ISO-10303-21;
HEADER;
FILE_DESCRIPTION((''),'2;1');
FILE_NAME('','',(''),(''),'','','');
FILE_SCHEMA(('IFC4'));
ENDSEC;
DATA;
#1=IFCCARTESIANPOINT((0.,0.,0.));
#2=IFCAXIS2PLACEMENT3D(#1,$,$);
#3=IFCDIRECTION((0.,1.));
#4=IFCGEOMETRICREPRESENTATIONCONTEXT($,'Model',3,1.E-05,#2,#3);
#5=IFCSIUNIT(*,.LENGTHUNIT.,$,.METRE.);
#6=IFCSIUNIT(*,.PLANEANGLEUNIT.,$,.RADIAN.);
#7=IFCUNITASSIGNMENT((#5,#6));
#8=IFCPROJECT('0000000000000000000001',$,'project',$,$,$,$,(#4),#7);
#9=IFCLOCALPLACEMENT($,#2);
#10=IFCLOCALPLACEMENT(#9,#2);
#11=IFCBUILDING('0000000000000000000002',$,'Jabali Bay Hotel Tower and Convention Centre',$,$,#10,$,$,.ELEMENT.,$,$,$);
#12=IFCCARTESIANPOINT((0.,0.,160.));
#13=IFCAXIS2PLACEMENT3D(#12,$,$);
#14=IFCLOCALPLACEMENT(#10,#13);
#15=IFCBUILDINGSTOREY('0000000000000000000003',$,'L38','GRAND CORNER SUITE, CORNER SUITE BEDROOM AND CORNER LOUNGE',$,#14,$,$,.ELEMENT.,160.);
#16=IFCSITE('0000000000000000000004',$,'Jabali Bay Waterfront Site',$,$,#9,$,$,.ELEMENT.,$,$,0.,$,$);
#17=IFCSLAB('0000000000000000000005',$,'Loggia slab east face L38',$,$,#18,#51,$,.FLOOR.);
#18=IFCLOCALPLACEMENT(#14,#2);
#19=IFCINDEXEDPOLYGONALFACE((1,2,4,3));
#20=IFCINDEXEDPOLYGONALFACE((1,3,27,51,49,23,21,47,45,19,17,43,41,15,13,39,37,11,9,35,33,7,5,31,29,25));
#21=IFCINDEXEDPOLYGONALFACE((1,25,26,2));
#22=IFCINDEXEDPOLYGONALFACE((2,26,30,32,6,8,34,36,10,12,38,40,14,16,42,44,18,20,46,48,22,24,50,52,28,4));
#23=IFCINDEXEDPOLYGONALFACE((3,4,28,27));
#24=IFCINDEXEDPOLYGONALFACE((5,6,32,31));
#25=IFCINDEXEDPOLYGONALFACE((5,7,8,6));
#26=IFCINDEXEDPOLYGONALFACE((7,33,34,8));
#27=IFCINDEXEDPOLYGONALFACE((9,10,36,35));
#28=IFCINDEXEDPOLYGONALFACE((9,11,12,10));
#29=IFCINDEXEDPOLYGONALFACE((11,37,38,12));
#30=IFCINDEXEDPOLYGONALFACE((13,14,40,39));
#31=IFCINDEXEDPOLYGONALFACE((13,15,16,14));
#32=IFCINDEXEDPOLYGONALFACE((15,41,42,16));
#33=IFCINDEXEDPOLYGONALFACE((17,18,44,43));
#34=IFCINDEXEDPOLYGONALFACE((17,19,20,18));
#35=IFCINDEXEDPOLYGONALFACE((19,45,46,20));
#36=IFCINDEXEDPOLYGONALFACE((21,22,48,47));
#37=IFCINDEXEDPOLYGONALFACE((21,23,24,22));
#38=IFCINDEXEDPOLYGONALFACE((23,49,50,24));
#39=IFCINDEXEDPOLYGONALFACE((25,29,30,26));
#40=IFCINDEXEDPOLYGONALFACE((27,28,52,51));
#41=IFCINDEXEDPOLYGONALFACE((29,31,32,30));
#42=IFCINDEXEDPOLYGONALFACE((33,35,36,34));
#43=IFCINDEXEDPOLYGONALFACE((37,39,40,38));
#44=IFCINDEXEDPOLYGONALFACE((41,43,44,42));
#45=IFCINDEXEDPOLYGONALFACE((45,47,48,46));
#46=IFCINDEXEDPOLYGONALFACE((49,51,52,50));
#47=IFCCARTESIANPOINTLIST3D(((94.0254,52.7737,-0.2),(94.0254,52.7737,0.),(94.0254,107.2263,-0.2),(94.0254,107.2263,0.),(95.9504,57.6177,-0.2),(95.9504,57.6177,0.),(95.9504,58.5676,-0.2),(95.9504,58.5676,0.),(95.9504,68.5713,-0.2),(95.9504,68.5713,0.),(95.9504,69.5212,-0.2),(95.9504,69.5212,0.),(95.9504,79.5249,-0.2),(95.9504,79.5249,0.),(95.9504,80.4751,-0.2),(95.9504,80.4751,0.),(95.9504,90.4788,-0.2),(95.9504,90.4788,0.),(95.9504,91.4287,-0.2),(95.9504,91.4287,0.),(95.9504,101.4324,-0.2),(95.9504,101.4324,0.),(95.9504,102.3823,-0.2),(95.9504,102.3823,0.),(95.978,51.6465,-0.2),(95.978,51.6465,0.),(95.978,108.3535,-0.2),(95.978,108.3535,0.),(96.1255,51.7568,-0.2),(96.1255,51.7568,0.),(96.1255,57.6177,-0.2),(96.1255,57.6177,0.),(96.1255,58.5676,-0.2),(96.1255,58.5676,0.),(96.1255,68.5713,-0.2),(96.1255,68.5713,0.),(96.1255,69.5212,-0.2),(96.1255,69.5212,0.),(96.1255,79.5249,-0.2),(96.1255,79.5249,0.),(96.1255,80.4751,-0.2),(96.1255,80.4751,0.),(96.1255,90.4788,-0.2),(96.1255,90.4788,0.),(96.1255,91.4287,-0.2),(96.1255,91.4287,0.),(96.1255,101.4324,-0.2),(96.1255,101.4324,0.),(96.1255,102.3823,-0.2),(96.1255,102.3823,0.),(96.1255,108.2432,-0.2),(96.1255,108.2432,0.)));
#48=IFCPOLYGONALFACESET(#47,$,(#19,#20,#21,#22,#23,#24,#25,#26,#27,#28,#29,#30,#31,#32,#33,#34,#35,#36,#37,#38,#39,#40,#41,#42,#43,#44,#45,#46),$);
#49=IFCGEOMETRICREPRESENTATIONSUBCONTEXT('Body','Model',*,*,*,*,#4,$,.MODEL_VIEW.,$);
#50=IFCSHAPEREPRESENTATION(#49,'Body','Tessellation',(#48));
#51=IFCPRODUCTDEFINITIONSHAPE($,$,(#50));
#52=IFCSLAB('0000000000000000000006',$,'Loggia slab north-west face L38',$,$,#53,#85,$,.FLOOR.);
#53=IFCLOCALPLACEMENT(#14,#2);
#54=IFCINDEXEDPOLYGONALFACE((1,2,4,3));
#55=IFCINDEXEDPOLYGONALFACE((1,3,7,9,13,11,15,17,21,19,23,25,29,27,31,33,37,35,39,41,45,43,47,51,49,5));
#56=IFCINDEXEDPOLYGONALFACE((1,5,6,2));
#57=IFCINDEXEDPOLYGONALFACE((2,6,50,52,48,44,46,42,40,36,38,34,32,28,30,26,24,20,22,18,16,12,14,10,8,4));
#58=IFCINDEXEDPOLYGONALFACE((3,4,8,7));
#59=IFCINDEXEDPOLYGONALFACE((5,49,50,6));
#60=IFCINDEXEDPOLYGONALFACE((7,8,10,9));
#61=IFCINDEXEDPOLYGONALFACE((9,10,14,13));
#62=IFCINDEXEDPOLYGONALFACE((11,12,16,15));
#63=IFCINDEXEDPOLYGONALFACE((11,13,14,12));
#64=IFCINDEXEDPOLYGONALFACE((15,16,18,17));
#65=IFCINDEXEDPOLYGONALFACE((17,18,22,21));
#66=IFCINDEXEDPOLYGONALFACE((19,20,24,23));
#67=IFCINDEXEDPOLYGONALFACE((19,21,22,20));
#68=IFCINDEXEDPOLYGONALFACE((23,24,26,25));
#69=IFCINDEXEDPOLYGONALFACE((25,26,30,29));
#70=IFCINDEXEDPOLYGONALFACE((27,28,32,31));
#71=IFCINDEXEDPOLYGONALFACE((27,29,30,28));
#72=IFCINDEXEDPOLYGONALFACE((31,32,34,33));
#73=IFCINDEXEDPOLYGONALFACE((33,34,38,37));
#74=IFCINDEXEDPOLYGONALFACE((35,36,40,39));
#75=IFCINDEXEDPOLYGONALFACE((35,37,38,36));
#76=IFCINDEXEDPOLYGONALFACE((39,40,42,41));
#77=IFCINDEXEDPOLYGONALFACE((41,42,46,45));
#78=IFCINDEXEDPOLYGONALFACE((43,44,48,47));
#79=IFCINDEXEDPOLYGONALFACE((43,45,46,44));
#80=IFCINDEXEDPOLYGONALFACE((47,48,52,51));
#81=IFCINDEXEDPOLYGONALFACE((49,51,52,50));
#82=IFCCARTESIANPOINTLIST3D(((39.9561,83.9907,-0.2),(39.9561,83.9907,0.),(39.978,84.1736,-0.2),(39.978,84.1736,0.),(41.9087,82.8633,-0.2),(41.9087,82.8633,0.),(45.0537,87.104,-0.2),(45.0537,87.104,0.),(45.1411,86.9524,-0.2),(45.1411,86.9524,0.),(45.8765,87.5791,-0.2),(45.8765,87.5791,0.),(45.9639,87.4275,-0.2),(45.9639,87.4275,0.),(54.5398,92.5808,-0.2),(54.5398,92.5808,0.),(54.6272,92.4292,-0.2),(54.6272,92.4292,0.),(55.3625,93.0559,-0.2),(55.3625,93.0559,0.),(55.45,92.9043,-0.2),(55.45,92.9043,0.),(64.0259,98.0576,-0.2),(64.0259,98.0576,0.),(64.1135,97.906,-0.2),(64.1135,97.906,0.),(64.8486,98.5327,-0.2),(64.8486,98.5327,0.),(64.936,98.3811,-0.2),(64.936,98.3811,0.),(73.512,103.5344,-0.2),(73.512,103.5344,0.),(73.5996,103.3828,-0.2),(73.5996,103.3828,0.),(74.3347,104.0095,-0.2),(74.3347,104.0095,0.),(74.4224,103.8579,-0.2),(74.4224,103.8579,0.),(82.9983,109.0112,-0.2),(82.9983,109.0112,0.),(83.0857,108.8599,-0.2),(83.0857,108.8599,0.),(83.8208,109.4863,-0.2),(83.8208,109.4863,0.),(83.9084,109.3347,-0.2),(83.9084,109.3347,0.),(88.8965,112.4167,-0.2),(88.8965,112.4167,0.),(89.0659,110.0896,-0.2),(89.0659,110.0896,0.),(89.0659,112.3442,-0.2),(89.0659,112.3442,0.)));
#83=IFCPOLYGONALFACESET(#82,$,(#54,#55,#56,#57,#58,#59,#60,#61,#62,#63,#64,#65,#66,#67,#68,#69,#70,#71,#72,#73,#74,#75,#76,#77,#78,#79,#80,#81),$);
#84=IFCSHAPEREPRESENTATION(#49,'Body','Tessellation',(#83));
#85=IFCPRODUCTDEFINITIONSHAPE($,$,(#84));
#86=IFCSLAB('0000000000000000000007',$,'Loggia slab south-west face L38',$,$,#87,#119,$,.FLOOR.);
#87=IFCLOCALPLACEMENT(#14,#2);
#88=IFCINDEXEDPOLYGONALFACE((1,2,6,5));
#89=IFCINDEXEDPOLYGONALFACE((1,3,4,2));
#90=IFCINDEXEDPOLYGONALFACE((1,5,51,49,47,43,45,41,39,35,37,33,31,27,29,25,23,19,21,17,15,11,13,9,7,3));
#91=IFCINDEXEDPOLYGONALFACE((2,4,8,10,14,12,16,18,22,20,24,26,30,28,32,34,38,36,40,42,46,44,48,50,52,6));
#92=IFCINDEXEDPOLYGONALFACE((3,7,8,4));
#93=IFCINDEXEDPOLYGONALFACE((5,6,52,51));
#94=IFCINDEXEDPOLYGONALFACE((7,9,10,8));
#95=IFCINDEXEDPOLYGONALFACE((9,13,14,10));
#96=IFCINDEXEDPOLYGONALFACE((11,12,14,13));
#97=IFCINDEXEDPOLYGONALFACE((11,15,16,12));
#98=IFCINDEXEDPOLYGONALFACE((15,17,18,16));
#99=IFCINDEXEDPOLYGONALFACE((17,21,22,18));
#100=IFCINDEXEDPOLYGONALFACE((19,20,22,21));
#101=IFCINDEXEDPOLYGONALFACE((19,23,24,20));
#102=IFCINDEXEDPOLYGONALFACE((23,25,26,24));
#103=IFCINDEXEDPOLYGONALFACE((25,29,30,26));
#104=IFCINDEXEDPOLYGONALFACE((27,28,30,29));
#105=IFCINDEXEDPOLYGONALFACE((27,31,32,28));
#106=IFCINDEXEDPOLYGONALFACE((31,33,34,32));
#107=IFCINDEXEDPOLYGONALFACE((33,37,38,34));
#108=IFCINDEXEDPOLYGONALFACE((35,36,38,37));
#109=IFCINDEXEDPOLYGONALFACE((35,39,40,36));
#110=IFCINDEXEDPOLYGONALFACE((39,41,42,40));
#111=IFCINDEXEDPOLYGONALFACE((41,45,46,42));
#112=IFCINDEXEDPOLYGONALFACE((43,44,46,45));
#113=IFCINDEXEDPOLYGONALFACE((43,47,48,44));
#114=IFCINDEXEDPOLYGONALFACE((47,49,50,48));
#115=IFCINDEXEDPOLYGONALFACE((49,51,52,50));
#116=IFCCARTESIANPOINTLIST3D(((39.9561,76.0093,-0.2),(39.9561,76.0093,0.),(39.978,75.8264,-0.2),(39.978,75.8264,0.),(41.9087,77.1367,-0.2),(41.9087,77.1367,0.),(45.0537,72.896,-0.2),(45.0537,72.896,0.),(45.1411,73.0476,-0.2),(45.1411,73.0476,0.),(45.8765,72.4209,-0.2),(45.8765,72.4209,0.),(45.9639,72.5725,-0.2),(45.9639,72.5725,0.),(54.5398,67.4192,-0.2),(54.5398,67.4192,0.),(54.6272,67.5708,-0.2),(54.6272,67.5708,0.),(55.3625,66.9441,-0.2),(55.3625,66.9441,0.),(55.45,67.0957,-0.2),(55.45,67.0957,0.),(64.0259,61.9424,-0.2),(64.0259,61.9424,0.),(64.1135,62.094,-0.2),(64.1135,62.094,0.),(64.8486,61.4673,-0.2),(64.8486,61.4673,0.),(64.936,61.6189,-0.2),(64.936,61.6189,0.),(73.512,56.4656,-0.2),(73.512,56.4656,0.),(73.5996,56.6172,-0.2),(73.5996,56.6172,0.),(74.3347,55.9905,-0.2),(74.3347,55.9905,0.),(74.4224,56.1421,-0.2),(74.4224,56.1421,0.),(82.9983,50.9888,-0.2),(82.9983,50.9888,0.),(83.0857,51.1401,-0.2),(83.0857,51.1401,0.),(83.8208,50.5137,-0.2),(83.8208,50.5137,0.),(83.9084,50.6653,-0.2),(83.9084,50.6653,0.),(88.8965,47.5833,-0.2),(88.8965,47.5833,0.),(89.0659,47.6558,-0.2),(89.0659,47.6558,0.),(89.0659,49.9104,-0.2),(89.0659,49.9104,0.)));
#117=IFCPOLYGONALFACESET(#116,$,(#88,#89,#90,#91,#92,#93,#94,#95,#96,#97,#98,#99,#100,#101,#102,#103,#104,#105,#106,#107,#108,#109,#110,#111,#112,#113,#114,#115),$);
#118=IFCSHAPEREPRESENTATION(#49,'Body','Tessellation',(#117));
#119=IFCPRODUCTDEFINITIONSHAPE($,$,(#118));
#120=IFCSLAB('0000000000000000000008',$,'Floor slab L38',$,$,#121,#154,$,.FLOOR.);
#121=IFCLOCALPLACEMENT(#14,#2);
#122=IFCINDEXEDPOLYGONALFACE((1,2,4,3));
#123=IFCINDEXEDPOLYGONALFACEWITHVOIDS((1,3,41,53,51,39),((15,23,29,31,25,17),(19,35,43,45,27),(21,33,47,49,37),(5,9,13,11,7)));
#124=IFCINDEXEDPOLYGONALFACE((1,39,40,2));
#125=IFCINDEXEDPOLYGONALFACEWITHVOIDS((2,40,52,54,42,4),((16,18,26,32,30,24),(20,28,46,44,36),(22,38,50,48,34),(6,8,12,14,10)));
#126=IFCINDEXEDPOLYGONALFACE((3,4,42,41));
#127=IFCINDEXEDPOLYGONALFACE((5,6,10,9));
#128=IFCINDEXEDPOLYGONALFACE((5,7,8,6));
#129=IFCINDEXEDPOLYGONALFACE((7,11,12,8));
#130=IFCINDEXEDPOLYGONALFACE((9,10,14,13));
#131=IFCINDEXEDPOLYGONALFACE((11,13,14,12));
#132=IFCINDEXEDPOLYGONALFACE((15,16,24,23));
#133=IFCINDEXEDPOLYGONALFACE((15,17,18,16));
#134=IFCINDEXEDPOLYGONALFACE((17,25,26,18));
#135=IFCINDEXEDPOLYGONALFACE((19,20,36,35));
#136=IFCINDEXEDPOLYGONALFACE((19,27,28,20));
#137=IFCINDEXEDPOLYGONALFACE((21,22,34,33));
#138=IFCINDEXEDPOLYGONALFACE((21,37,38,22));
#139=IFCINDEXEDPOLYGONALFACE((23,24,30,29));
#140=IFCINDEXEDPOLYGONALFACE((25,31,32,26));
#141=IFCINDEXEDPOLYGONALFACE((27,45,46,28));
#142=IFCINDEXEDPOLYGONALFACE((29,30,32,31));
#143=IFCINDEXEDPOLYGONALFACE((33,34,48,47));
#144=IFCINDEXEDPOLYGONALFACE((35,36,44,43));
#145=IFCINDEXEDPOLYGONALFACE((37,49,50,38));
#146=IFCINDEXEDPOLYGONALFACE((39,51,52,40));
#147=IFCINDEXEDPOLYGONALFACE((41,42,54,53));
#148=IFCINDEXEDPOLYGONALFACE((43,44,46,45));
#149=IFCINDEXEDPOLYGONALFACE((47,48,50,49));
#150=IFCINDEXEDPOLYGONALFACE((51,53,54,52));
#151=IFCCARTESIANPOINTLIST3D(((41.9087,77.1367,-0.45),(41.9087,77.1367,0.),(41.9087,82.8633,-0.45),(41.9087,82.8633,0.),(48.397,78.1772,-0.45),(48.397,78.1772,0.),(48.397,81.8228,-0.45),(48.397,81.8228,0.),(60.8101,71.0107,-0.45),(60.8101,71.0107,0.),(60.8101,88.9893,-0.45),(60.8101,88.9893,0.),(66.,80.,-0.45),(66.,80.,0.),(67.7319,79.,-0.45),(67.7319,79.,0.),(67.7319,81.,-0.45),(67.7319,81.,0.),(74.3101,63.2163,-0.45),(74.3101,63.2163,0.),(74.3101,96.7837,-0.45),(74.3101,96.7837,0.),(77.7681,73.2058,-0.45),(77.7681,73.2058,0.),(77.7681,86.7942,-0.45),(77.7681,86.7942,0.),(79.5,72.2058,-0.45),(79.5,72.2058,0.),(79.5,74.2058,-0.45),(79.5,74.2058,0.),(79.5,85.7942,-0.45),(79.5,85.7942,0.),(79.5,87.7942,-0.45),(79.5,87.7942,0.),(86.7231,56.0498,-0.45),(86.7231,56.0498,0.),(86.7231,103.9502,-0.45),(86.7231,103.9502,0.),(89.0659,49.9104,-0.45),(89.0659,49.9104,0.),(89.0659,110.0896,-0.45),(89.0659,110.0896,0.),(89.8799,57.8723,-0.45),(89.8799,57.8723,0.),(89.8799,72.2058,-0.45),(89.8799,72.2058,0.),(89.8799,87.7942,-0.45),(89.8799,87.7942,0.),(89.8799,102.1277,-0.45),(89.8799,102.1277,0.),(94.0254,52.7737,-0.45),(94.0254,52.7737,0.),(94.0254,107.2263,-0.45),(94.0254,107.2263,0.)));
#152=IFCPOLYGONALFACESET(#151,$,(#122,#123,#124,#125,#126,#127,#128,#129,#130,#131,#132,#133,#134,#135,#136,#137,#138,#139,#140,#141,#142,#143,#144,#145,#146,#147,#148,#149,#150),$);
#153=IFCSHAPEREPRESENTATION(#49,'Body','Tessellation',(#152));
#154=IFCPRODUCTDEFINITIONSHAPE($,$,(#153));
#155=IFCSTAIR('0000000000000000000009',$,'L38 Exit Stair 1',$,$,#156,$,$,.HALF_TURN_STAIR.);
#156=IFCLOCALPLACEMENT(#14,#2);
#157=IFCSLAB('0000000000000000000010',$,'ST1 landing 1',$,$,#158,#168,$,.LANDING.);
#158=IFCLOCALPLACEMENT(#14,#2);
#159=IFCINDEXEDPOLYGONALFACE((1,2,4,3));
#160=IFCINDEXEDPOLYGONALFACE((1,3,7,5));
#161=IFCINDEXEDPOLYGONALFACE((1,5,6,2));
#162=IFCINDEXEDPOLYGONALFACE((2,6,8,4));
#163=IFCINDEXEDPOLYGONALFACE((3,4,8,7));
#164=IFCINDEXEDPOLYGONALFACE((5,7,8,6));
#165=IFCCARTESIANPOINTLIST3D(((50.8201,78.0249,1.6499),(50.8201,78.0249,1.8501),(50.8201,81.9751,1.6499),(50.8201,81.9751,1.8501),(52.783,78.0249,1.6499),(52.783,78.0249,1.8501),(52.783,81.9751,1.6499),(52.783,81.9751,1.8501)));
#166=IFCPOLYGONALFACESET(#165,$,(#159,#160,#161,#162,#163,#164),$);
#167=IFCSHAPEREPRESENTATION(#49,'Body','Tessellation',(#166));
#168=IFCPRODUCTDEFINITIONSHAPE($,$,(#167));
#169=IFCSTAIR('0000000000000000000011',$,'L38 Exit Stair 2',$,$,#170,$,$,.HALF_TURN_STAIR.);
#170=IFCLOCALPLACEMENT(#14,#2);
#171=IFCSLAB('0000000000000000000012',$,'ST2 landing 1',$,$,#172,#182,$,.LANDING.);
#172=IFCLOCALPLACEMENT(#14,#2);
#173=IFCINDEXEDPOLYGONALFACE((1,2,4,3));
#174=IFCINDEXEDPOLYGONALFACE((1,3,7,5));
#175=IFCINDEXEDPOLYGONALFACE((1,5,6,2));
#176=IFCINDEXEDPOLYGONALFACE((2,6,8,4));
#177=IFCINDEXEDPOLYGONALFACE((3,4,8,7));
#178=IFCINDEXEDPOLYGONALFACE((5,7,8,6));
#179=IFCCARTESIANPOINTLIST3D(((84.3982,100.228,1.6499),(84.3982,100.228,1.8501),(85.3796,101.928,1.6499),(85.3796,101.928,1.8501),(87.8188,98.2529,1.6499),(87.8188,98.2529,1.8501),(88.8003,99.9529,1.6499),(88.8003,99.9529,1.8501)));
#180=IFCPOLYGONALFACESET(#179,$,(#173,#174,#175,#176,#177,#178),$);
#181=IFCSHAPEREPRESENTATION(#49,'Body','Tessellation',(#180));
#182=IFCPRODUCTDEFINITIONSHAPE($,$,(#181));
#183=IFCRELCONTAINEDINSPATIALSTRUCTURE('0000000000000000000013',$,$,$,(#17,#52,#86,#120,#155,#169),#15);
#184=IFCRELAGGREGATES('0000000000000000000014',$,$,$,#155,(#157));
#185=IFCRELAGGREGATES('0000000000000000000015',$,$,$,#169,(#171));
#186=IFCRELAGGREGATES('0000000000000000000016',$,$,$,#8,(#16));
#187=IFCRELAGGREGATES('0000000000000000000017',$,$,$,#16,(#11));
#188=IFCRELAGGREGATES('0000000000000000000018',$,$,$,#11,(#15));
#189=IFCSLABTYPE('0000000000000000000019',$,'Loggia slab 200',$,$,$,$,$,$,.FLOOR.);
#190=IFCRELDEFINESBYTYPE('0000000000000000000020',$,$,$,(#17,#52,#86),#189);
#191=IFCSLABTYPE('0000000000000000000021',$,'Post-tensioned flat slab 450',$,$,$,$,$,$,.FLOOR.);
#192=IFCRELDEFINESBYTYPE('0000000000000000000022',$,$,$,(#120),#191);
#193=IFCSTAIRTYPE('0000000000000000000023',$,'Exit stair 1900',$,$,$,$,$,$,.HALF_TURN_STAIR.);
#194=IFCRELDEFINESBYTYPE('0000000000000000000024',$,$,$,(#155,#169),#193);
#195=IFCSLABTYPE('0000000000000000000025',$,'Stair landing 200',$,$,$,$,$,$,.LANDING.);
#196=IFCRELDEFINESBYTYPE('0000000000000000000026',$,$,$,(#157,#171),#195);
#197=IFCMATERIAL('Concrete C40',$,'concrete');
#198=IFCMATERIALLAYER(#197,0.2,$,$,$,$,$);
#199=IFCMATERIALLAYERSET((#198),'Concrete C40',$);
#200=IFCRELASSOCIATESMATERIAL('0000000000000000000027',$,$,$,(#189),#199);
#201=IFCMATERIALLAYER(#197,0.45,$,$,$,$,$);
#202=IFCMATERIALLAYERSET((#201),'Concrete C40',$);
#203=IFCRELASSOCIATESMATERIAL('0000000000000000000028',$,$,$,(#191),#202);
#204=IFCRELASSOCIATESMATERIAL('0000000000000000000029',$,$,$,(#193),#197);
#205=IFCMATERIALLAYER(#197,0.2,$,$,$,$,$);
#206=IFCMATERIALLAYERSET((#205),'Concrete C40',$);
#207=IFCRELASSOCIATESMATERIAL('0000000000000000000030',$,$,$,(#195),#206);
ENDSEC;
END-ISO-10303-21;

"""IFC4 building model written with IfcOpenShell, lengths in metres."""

from ifc_helpers import new_model, si_unit, direction, frame, origin, place, context, subcontext, project, spatial, polyline, outline, extrude, material, layer, layer_set, type_object, element, aggregate, save


model = new_model("IFC4")

# Units and contexts
model_context = context("Model", 3, precision=1e-05, world=origin(), true_north=direction((0.0, 1.0)))
body_context = subcontext(model_context, "Body", "Model", "MODEL_VIEW")
ifc_project = project(units=[si_unit("LENGTHUNIT", "METRE"), si_unit("PLANEANGLEUNIT", "RADIAN")], contexts=[model_context])

# Site, building, storey
site_placement = place(None, origin())
site = spatial("IfcSite", under=ifc_project, at=site_placement, Name="Jabali Bay Waterfront Site", CompositionType="ELEMENT", RefElevation=0.0)
building_placement = place(site_placement, origin())
building = spatial("IfcBuilding", under=site, at=building_placement, Name="Jabali Bay Hotel Tower and Convention Centre", CompositionType="ELEMENT")
storey_placement = place(building_placement, frame((0.0, 0.0, 160.0)))
storey = spatial("IfcBuildingStorey", under=building, at=storey_placement, Name="L38", Description="GRAND CORNER SUITE, CORNER SUITE BEDROOM AND CORNER LOUNGE", CompositionType="ELEMENT", Elevation=160.0)

# Slabs
ifc_material_1 = material(Name="Concrete C40", Category="concrete")
ifc_layer_1 = layer(ifc_material_1, 0.2)
ifc_layer_set_1 = layer_set([ifc_layer_1], Name="Concrete C40")
slab_type_1 = type_object("IfcSlabType", Name="Loggia slab 200", PredefinedType="FLOOR", material=ifc_layer_set_1)
slab_1_placement = place(storey_placement, frame((0.0, 0.0, -0.2)))
element("IfcSlab", 1, at=slab_1_placement, inside=storey, type_object=slab_type_1, Name="Loggia slab east face L38", PredefinedType="FLOOR", context=body_context, shape_type="SweptSolid", body=[
    extrude(outline(polyline([(94.0254, 107.2263), (95.978, 108.3535), (96.1255, 108.2432), (96.1255, 102.3823), (95.9504, 102.3823), (95.9504, 101.4324), (96.1255, 101.4324), (96.1255, 91.4287), (95.9504, 91.4287), (95.9504, 90.4788), (96.1255, 90.4788), (96.1255, 80.4751), (95.9504, 80.4751), (95.9504, 79.5249), (96.1255, 79.5249), (96.1255, 69.5212), (95.9504, 69.5212), (95.9504, 68.5713), (96.1255, 68.5713), (96.1255, 58.5676), (95.9504, 58.5676), (95.9504, 57.6177), (96.1255, 57.6177), (96.1255, 51.7568), (95.978, 51.6465), (94.0254, 52.7737), (94.0254, 107.2263)])), origin(), (0.0, 0.0, 1.0), 0.2),
])
slab_2_placement = place(storey_placement, frame((0.0, 0.0, -0.2)))
element("IfcSlab", 2, at=slab_2_placement, inside=storey, type_object=slab_type_1, Name="Loggia slab north-west face L38", PredefinedType="FLOOR", context=body_context, shape_type="SweptSolid", body=[
    extrude(outline(polyline([(41.9087, 82.8633), (39.9561, 83.9907), (39.978, 84.1736), (45.0537, 87.104), (45.1411, 86.9524), (45.9639, 87.4275), (45.8765, 87.5791), (54.5398, 92.5808), (54.6272, 92.4292), (55.45, 92.9043), (55.3625, 93.0559), (64.0259, 98.0576), (64.1135, 97.906), (64.936, 98.3811), (64.8486, 98.5327), (73.512, 103.5344), (73.5996, 103.3828), (74.4224, 103.8579), (74.3347, 104.0095), (82.9983, 109.0112), (83.0857, 108.8599), (83.9084, 109.3347), (83.8208, 109.4863), (88.8965, 112.4167), (89.0659, 112.3442), (89.0659, 110.0896), (41.9087, 82.8633)])), origin(), (0.0, 0.0, 1.0), 0.2),
])
slab_3_placement = place(storey_placement, frame((0.0, 0.0, -0.2)))
element("IfcSlab", 3, at=slab_3_placement, inside=storey, type_object=slab_type_1, Name="Loggia slab south-west face L38", PredefinedType="FLOOR", context=body_context, shape_type="SweptSolid", body=[
    extrude(outline(polyline([(89.0659, 49.9104), (89.0659, 47.6558), (88.8965, 47.5833), (83.8208, 50.5137), (83.9084, 50.6653), (83.0857, 51.1401), (82.9983, 50.9888), (74.3347, 55.9905), (74.4224, 56.1421), (73.5996, 56.6172), (73.512, 56.4656), (64.8486, 61.4673), (64.936, 61.6189), (64.1135, 62.094), (64.0259, 61.9424), (55.3625, 66.9441), (55.45, 67.0957), (54.6272, 67.5708), (54.5398, 67.4192), (45.8765, 72.4209), (45.9639, 72.5725), (45.1411, 73.0476), (45.0537, 72.896), (39.978, 75.8264), (39.9561, 76.0093), (41.9087, 77.1367), (89.0659, 49.9104)])), origin(), (0.0, 0.0, 1.0), 0.2),
])
ifc_layer_2 = layer(ifc_material_1, 0.45)
ifc_layer_set_2 = layer_set([ifc_layer_2], Name="Concrete C40")
slab_type_2 = type_object("IfcSlabType", Name="Post-tensioned flat slab 450", PredefinedType="FLOOR", material=ifc_layer_set_2)
slab_4_placement = place(storey_placement, frame((0.0, 0.0, -0.45)))
element("IfcSlab", 4, at=slab_4_placement, inside=storey, type_object=slab_type_2, Name="Floor slab L38", PredefinedType="FLOOR", context=body_context, shape_type="SweptSolid", body=[
    extrude(outline(polyline([(89.0659, 110.0896), (94.0254, 107.2263), (94.0254, 52.7737), (89.0659, 49.9104), (41.9087, 77.1367), (41.9087, 82.8633), (89.0659, 110.0896)]), holes=[polyline([(67.7319, 79.0), (77.7681, 73.2058), (79.5, 74.2058), (79.5, 85.7942), (77.7681, 86.7942), (67.7319, 81.0), (67.7319, 79.0)]), polyline([(48.397, 78.1772), (60.8101, 71.0107), (66.0, 80.0), (60.8101, 88.9893), (48.397, 81.8228), (48.397, 78.1772)]), polyline([(89.8799, 102.1277), (86.7231, 103.9502), (74.3101, 96.7837), (79.5, 87.7942), (89.8799, 87.7942), (89.8799, 102.1277)]), polyline([(74.3101, 63.2163), (86.7231, 56.0498), (89.8799, 57.8723), (89.8799, 72.2058), (79.5, 72.2058), (74.3101, 63.2163)])]), origin(), (0.0, 0.0, 1.0), 0.45),
])

# Stairs, slabs
stair_type = type_object("IfcStairType", Name="Exit stair 1900", PredefinedType="HALF_TURN_STAIR", material=ifc_material_1)
stair_1_placement = place(storey_placement, origin())
stair_1 = element("IfcStair", 5, at=stair_1_placement, inside=storey, type_object=stair_type, Name="L38 Exit Stair 1", PredefinedType="HALF_TURN_STAIR")
ifc_layer_3 = layer(ifc_material_1, 0.2)
ifc_layer_set_3 = layer_set([ifc_layer_3], Name="Concrete C40")
slab_type_3 = type_object("IfcSlabType", Name="Stair landing 200", PredefinedType="LANDING", material=ifc_layer_set_3)
slab_5_placement = place(storey_placement, frame((0.0, 0.0, 1.6499)))
slab_5 = element("IfcSlab", 6, at=slab_5_placement, type_object=slab_type_3, Name="ST1 landing 1", PredefinedType="LANDING", context=body_context, shape_type="SweptSolid", body=[
    extrude(outline(polyline([(52.783, 81.9751), (50.8201, 81.9751), (50.8201, 78.0249), (52.783, 78.0249), (52.783, 81.9751)])), origin(), (0.0, 0.0, 1.0), 0.2002),
])
aggregate(stair_1, [slab_5])
stair_2_placement = place(storey_placement, origin())
stair_2 = element("IfcStair", 7, at=stair_2_placement, inside=storey, type_object=stair_type, Name="L38 Exit Stair 2", PredefinedType="HALF_TURN_STAIR")
slab_6_placement = place(storey_placement, frame((0.0, 0.0, 1.6499)))
slab_6 = element("IfcSlab", 8, at=slab_6_placement, type_object=slab_type_3, Name="ST2 landing 1", PredefinedType="LANDING", context=body_context, shape_type="SweptSolid", body=[
    extrude(outline(polyline([(87.8188, 98.2529), (88.8003, 99.9529), (85.3796, 101.928), (84.3982, 100.228), (87.8188, 98.2529)])), origin(), (0.0, 0.0, 1.0), 0.2002),
])
aggregate(stair_2, [slab_6])

save(model, "model.ifc")
